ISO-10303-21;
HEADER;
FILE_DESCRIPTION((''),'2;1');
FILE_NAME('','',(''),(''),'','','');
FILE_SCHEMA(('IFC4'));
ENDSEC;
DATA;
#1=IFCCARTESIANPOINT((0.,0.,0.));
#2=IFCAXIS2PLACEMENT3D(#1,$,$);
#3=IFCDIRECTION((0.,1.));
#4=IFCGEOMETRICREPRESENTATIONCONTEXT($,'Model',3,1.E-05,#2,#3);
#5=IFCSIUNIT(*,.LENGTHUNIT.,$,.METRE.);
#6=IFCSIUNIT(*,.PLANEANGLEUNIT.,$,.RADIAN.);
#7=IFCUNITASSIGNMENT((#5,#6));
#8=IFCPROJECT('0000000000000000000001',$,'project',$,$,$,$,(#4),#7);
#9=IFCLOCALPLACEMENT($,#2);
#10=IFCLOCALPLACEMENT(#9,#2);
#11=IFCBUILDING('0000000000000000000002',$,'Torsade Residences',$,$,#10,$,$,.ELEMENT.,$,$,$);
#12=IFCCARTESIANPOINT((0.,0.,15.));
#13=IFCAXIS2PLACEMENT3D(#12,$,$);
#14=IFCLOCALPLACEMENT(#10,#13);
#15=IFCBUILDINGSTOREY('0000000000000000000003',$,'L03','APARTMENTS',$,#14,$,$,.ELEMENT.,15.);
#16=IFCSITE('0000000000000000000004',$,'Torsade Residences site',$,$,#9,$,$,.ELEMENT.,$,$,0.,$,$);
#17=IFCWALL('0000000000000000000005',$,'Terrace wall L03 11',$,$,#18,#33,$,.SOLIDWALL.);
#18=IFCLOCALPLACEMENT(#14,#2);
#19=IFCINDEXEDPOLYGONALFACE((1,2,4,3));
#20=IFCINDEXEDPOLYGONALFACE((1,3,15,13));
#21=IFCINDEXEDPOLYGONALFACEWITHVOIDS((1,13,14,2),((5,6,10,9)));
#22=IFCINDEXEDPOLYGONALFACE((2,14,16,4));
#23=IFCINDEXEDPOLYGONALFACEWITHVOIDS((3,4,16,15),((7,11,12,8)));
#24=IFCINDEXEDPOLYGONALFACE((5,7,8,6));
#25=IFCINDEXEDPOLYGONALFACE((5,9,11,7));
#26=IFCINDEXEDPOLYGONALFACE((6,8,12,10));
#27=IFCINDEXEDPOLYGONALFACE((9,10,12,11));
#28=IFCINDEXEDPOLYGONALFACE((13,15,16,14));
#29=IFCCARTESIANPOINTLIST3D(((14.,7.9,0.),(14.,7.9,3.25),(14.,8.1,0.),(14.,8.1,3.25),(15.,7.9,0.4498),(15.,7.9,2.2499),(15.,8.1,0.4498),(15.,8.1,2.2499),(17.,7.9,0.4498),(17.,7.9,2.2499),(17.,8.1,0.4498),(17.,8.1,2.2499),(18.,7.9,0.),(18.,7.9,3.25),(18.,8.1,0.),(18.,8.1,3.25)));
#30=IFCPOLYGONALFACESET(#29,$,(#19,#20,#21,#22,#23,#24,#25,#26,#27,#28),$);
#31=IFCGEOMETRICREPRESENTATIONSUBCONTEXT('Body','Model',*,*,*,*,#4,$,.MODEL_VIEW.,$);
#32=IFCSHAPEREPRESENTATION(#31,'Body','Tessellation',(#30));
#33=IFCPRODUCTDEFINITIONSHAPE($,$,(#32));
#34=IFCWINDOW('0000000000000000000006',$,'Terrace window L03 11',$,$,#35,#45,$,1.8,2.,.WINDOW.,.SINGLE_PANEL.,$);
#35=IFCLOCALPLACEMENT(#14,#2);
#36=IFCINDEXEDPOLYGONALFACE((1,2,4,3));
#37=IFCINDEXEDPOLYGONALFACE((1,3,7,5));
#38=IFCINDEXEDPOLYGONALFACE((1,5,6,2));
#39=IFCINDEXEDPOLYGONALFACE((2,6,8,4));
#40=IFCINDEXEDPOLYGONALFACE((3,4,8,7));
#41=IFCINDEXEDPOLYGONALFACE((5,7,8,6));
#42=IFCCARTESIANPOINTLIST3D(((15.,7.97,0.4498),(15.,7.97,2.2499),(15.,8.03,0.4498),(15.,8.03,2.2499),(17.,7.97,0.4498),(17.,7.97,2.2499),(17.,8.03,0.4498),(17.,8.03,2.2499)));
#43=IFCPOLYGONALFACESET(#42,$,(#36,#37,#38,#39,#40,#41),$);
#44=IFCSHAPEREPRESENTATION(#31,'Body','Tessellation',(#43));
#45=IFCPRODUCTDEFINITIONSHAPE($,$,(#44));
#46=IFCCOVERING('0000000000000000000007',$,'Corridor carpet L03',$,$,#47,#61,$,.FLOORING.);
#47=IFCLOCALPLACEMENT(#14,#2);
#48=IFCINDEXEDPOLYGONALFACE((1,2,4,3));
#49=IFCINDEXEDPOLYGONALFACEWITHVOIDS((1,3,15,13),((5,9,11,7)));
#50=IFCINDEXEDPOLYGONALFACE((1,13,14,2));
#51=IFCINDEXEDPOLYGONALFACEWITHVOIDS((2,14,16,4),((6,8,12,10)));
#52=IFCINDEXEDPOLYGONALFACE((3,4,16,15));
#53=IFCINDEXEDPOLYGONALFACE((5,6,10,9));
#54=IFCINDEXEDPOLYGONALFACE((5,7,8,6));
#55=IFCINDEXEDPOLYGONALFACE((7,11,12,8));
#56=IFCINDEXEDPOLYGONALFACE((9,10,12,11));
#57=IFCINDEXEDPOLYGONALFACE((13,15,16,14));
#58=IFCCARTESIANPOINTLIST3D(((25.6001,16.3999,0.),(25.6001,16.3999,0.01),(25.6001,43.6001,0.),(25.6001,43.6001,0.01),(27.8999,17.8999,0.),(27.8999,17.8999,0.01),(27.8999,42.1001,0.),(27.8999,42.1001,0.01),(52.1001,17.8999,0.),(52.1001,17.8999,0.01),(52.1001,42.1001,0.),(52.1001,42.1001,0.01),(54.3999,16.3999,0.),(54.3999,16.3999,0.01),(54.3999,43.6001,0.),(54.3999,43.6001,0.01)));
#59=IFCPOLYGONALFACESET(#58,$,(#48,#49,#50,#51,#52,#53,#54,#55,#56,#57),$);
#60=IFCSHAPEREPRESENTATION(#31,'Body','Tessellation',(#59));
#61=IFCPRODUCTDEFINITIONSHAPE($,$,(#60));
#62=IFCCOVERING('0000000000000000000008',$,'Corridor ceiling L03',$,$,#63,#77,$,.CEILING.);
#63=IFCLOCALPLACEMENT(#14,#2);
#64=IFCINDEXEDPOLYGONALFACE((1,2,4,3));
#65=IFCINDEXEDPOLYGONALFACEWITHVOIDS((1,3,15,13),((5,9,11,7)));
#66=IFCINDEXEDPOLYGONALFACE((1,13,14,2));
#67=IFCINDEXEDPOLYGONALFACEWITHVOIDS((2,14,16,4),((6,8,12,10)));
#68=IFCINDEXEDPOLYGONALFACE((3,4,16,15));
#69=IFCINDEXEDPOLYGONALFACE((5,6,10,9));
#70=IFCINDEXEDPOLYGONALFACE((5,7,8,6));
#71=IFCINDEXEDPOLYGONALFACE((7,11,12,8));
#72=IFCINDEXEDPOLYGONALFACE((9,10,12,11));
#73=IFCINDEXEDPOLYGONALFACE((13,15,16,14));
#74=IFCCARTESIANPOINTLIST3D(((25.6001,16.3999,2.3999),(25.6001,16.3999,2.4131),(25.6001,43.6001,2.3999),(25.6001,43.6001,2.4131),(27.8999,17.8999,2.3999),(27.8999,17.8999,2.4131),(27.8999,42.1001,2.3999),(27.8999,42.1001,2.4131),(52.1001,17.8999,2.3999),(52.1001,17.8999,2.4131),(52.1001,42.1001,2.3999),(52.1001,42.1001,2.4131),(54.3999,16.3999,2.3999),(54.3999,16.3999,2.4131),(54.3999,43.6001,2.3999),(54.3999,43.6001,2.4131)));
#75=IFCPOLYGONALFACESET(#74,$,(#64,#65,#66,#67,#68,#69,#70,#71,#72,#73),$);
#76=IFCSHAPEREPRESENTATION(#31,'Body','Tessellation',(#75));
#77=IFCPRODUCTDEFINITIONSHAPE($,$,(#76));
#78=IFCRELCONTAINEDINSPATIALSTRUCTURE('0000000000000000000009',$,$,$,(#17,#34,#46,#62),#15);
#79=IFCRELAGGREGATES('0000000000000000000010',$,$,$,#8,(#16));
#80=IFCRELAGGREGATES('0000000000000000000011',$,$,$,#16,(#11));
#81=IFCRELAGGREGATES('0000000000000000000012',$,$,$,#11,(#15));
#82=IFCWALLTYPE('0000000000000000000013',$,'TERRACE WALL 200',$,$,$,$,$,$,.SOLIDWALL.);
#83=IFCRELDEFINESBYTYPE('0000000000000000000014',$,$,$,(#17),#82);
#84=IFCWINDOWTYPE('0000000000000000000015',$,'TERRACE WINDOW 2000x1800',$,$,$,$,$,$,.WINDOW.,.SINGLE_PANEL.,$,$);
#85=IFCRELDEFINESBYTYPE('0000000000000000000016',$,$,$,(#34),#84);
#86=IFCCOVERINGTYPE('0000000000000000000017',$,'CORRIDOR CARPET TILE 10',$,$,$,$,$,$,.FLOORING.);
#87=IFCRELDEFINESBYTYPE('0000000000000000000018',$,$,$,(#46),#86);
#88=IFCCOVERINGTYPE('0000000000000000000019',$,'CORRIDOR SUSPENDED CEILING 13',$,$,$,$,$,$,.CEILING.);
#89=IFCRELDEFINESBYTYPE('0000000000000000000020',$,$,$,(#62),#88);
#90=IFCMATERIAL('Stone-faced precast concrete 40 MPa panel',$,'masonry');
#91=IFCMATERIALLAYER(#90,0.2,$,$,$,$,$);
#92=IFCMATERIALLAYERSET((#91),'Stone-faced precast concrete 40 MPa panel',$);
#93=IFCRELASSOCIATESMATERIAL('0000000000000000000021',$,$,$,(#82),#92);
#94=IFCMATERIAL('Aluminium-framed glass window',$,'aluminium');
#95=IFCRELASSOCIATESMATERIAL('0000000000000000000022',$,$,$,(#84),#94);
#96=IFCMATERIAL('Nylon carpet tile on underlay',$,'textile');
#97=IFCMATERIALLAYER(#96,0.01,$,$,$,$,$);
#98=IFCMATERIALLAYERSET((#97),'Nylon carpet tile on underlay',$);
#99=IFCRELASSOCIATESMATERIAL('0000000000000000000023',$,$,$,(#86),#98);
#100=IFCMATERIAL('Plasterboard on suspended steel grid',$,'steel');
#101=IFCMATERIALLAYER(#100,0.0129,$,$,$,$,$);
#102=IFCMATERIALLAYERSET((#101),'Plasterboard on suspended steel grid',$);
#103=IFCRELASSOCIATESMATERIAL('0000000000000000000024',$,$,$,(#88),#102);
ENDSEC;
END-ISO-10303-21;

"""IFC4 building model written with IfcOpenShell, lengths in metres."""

from ifc_helpers import new_model, si_unit, direction, frame, frame_2d, origin, place, context, subcontext, project, spatial, polyline, rectangle, outline, extrude, material, layer, layer_set, type_object, element, fill, save


model = new_model("IFC4")

# Units and contexts
model_context = context("Model", 3, precision=1e-05, world=origin(), true_north=direction((0.0, 1.0)))
body_context = subcontext(model_context, "Body", "Model", "MODEL_VIEW")
ifc_project = project(units=[si_unit("LENGTHUNIT", "METRE"), si_unit("PLANEANGLEUNIT", "RADIAN")], contexts=[model_context])

# Site, building, storey
site_placement = place(None, origin())
site = spatial("IfcSite", under=ifc_project, at=site_placement, Name="Torsade Residences site", CompositionType="ELEMENT", RefElevation=0.0)
building_placement = place(site_placement, origin())
building = spatial("IfcBuilding", under=site, at=building_placement, Name="Torsade Residences", CompositionType="ELEMENT")
storey_placement = place(building_placement, frame((0.0, 0.0, 15.0)))
storey = spatial("IfcBuildingStorey", under=building, at=storey_placement, Name="L03", Description="APARTMENTS", CompositionType="ELEMENT", Elevation=15.0)

# Wall, opening, window
ifc_material_1 = material(Name="Stone-faced precast concrete 40 MPa panel", Category="masonry")
ifc_layer_1 = layer(ifc_material_1, 0.2)
ifc_layer_set_1 = layer_set([ifc_layer_1], Name="Stone-faced precast concrete 40 MPa panel")
wall_type_1 = type_object("IfcWallType", Name="TERRACE WALL 200", PredefinedType="SOLIDWALL", material=ifc_layer_set_1)
wall_1_placement = place(storey_placement, frame((14.0, 8.0, 0.0), z_axis=(0.0, 0.0, 1.0), x_axis=(1.0, 0.0, 0.0)))
wall_1 = element("IfcWall", 1, at=wall_1_placement, inside=storey, type_object=wall_type_1, Name="Terrace wall L03 11", PredefinedType="SOLIDWALL", context=body_context, shape_type="SweptSolid", body=[
    extrude(rectangle(XDim=4.0, YDim=0.2, at=frame_2d((2.0, 0.0))), origin(), (0.0, 0.0, 1.0), 3.25),
])
opening_1_placement = place(wall_1_placement, frame((1.0, 0.0, 0.45)))
opening_1 = element("IfcOpeningElement", 2, at=opening_1_placement, cuts=wall_1, PredefinedType="OPENING", context=body_context, shape_type="SweptSolid", body=[
    extrude(rectangle(XDim=2.0, YDim=1.8, at=frame_2d((1.0, 0.8999))), frame((0.0, 0.1099, 0.0), z_axis=(0.0, -1.0, 0.0), x_axis=(1.0, 0.0, 0.0)), (0.0, 0.0, 1.0), 0.22),
])
ifc_material_2 = material(Name="Aluminium-framed glass window", Category="aluminium")
window_type_1 = type_object("IfcWindowType", Name="TERRACE WINDOW 2000x1800", PartitioningType="SINGLE_PANEL", PredefinedType="WINDOW", material=ifc_material_2)
window_1_placement = place(opening_1_placement, origin())
window_1 = element("IfcWindow", 3, at=window_1_placement, inside=storey, type_object=window_type_1, Name="Terrace window L03 11", OverallHeight=1.8, OverallWidth=2.0, PartitioningType="SINGLE_PANEL", PredefinedType="WINDOW", context=body_context, shape_type="SweptSolid", body=[
    extrude(rectangle(XDim=2.0, YDim=1.8, at=frame_2d((1.0, 0.8999))), frame((0.0, 0.03, 0.0), z_axis=(0.0, -1.0, 0.0), x_axis=(1.0, 0.0, 0.0)), (0.0, 0.0, 1.0), 0.0601),
])
fill(opening_1, window_1)

# Coverings
ifc_material_3 = material(Name="Nylon carpet tile on underlay", Category="textile")
ifc_layer_2 = layer(ifc_material_3, 0.01)
ifc_layer_set_2 = layer_set([ifc_layer_2], Name="Nylon carpet tile on underlay")
covering_type_1 = type_object("IfcCoveringType", Name="CORRIDOR CARPET TILE 10", PredefinedType="FLOORING", material=ifc_layer_set_2)
covering_1_placement = place(storey_placement, origin())
element("IfcCovering", 4, at=covering_1_placement, inside=storey, type_object=covering_type_1, Name="Corridor carpet L03", PredefinedType="FLOORING", context=body_context, shape_type="SweptSolid", body=[
    extrude(outline(polyline([(54.3999, 16.3999), (54.3999, 43.6001), (25.6001, 43.6001), (25.6001, 16.3999), (54.3999, 16.3999)]), holes=[polyline([(52.1001, 42.1001), (27.8999, 42.1001), (27.8999, 17.8999), (52.1001, 17.8999), (52.1001, 42.1001)])]), origin(), (0.0, 0.0, 1.0), 0.01),
])
ifc_material_4 = material(Name="Plasterboard on suspended steel grid", Category="steel")
ifc_layer_3 = layer(ifc_material_4, 0.0129)
ifc_layer_set_3 = layer_set([ifc_layer_3], Name="Plasterboard on suspended steel grid")
covering_type_2 = type_object("IfcCoveringType", Name="CORRIDOR SUSPENDED CEILING 13", PredefinedType="CEILING", material=ifc_layer_set_3)
covering_2_placement = place(storey_placement, frame((0.0, 0.0, 2.3999)))
element("IfcCovering", 5, at=covering_2_placement, inside=storey, type_object=covering_type_2, Name="Corridor ceiling L03", PredefinedType="CEILING", context=body_context, shape_type="SweptSolid", body=[
    extrude(outline(polyline([(54.3999, 16.3999), (54.3999, 43.6001), (25.6001, 43.6001), (25.6001, 16.3999), (54.3999, 16.3999)]), holes=[polyline([(52.1001, 42.1001), (27.8999, 42.1001), (27.8999, 17.8999), (52.1001, 17.8999), (52.1001, 42.1001)])]), origin(), (0.0, 0.0, 1.0), 0.0132),
])

save(model, "model.ifc")
